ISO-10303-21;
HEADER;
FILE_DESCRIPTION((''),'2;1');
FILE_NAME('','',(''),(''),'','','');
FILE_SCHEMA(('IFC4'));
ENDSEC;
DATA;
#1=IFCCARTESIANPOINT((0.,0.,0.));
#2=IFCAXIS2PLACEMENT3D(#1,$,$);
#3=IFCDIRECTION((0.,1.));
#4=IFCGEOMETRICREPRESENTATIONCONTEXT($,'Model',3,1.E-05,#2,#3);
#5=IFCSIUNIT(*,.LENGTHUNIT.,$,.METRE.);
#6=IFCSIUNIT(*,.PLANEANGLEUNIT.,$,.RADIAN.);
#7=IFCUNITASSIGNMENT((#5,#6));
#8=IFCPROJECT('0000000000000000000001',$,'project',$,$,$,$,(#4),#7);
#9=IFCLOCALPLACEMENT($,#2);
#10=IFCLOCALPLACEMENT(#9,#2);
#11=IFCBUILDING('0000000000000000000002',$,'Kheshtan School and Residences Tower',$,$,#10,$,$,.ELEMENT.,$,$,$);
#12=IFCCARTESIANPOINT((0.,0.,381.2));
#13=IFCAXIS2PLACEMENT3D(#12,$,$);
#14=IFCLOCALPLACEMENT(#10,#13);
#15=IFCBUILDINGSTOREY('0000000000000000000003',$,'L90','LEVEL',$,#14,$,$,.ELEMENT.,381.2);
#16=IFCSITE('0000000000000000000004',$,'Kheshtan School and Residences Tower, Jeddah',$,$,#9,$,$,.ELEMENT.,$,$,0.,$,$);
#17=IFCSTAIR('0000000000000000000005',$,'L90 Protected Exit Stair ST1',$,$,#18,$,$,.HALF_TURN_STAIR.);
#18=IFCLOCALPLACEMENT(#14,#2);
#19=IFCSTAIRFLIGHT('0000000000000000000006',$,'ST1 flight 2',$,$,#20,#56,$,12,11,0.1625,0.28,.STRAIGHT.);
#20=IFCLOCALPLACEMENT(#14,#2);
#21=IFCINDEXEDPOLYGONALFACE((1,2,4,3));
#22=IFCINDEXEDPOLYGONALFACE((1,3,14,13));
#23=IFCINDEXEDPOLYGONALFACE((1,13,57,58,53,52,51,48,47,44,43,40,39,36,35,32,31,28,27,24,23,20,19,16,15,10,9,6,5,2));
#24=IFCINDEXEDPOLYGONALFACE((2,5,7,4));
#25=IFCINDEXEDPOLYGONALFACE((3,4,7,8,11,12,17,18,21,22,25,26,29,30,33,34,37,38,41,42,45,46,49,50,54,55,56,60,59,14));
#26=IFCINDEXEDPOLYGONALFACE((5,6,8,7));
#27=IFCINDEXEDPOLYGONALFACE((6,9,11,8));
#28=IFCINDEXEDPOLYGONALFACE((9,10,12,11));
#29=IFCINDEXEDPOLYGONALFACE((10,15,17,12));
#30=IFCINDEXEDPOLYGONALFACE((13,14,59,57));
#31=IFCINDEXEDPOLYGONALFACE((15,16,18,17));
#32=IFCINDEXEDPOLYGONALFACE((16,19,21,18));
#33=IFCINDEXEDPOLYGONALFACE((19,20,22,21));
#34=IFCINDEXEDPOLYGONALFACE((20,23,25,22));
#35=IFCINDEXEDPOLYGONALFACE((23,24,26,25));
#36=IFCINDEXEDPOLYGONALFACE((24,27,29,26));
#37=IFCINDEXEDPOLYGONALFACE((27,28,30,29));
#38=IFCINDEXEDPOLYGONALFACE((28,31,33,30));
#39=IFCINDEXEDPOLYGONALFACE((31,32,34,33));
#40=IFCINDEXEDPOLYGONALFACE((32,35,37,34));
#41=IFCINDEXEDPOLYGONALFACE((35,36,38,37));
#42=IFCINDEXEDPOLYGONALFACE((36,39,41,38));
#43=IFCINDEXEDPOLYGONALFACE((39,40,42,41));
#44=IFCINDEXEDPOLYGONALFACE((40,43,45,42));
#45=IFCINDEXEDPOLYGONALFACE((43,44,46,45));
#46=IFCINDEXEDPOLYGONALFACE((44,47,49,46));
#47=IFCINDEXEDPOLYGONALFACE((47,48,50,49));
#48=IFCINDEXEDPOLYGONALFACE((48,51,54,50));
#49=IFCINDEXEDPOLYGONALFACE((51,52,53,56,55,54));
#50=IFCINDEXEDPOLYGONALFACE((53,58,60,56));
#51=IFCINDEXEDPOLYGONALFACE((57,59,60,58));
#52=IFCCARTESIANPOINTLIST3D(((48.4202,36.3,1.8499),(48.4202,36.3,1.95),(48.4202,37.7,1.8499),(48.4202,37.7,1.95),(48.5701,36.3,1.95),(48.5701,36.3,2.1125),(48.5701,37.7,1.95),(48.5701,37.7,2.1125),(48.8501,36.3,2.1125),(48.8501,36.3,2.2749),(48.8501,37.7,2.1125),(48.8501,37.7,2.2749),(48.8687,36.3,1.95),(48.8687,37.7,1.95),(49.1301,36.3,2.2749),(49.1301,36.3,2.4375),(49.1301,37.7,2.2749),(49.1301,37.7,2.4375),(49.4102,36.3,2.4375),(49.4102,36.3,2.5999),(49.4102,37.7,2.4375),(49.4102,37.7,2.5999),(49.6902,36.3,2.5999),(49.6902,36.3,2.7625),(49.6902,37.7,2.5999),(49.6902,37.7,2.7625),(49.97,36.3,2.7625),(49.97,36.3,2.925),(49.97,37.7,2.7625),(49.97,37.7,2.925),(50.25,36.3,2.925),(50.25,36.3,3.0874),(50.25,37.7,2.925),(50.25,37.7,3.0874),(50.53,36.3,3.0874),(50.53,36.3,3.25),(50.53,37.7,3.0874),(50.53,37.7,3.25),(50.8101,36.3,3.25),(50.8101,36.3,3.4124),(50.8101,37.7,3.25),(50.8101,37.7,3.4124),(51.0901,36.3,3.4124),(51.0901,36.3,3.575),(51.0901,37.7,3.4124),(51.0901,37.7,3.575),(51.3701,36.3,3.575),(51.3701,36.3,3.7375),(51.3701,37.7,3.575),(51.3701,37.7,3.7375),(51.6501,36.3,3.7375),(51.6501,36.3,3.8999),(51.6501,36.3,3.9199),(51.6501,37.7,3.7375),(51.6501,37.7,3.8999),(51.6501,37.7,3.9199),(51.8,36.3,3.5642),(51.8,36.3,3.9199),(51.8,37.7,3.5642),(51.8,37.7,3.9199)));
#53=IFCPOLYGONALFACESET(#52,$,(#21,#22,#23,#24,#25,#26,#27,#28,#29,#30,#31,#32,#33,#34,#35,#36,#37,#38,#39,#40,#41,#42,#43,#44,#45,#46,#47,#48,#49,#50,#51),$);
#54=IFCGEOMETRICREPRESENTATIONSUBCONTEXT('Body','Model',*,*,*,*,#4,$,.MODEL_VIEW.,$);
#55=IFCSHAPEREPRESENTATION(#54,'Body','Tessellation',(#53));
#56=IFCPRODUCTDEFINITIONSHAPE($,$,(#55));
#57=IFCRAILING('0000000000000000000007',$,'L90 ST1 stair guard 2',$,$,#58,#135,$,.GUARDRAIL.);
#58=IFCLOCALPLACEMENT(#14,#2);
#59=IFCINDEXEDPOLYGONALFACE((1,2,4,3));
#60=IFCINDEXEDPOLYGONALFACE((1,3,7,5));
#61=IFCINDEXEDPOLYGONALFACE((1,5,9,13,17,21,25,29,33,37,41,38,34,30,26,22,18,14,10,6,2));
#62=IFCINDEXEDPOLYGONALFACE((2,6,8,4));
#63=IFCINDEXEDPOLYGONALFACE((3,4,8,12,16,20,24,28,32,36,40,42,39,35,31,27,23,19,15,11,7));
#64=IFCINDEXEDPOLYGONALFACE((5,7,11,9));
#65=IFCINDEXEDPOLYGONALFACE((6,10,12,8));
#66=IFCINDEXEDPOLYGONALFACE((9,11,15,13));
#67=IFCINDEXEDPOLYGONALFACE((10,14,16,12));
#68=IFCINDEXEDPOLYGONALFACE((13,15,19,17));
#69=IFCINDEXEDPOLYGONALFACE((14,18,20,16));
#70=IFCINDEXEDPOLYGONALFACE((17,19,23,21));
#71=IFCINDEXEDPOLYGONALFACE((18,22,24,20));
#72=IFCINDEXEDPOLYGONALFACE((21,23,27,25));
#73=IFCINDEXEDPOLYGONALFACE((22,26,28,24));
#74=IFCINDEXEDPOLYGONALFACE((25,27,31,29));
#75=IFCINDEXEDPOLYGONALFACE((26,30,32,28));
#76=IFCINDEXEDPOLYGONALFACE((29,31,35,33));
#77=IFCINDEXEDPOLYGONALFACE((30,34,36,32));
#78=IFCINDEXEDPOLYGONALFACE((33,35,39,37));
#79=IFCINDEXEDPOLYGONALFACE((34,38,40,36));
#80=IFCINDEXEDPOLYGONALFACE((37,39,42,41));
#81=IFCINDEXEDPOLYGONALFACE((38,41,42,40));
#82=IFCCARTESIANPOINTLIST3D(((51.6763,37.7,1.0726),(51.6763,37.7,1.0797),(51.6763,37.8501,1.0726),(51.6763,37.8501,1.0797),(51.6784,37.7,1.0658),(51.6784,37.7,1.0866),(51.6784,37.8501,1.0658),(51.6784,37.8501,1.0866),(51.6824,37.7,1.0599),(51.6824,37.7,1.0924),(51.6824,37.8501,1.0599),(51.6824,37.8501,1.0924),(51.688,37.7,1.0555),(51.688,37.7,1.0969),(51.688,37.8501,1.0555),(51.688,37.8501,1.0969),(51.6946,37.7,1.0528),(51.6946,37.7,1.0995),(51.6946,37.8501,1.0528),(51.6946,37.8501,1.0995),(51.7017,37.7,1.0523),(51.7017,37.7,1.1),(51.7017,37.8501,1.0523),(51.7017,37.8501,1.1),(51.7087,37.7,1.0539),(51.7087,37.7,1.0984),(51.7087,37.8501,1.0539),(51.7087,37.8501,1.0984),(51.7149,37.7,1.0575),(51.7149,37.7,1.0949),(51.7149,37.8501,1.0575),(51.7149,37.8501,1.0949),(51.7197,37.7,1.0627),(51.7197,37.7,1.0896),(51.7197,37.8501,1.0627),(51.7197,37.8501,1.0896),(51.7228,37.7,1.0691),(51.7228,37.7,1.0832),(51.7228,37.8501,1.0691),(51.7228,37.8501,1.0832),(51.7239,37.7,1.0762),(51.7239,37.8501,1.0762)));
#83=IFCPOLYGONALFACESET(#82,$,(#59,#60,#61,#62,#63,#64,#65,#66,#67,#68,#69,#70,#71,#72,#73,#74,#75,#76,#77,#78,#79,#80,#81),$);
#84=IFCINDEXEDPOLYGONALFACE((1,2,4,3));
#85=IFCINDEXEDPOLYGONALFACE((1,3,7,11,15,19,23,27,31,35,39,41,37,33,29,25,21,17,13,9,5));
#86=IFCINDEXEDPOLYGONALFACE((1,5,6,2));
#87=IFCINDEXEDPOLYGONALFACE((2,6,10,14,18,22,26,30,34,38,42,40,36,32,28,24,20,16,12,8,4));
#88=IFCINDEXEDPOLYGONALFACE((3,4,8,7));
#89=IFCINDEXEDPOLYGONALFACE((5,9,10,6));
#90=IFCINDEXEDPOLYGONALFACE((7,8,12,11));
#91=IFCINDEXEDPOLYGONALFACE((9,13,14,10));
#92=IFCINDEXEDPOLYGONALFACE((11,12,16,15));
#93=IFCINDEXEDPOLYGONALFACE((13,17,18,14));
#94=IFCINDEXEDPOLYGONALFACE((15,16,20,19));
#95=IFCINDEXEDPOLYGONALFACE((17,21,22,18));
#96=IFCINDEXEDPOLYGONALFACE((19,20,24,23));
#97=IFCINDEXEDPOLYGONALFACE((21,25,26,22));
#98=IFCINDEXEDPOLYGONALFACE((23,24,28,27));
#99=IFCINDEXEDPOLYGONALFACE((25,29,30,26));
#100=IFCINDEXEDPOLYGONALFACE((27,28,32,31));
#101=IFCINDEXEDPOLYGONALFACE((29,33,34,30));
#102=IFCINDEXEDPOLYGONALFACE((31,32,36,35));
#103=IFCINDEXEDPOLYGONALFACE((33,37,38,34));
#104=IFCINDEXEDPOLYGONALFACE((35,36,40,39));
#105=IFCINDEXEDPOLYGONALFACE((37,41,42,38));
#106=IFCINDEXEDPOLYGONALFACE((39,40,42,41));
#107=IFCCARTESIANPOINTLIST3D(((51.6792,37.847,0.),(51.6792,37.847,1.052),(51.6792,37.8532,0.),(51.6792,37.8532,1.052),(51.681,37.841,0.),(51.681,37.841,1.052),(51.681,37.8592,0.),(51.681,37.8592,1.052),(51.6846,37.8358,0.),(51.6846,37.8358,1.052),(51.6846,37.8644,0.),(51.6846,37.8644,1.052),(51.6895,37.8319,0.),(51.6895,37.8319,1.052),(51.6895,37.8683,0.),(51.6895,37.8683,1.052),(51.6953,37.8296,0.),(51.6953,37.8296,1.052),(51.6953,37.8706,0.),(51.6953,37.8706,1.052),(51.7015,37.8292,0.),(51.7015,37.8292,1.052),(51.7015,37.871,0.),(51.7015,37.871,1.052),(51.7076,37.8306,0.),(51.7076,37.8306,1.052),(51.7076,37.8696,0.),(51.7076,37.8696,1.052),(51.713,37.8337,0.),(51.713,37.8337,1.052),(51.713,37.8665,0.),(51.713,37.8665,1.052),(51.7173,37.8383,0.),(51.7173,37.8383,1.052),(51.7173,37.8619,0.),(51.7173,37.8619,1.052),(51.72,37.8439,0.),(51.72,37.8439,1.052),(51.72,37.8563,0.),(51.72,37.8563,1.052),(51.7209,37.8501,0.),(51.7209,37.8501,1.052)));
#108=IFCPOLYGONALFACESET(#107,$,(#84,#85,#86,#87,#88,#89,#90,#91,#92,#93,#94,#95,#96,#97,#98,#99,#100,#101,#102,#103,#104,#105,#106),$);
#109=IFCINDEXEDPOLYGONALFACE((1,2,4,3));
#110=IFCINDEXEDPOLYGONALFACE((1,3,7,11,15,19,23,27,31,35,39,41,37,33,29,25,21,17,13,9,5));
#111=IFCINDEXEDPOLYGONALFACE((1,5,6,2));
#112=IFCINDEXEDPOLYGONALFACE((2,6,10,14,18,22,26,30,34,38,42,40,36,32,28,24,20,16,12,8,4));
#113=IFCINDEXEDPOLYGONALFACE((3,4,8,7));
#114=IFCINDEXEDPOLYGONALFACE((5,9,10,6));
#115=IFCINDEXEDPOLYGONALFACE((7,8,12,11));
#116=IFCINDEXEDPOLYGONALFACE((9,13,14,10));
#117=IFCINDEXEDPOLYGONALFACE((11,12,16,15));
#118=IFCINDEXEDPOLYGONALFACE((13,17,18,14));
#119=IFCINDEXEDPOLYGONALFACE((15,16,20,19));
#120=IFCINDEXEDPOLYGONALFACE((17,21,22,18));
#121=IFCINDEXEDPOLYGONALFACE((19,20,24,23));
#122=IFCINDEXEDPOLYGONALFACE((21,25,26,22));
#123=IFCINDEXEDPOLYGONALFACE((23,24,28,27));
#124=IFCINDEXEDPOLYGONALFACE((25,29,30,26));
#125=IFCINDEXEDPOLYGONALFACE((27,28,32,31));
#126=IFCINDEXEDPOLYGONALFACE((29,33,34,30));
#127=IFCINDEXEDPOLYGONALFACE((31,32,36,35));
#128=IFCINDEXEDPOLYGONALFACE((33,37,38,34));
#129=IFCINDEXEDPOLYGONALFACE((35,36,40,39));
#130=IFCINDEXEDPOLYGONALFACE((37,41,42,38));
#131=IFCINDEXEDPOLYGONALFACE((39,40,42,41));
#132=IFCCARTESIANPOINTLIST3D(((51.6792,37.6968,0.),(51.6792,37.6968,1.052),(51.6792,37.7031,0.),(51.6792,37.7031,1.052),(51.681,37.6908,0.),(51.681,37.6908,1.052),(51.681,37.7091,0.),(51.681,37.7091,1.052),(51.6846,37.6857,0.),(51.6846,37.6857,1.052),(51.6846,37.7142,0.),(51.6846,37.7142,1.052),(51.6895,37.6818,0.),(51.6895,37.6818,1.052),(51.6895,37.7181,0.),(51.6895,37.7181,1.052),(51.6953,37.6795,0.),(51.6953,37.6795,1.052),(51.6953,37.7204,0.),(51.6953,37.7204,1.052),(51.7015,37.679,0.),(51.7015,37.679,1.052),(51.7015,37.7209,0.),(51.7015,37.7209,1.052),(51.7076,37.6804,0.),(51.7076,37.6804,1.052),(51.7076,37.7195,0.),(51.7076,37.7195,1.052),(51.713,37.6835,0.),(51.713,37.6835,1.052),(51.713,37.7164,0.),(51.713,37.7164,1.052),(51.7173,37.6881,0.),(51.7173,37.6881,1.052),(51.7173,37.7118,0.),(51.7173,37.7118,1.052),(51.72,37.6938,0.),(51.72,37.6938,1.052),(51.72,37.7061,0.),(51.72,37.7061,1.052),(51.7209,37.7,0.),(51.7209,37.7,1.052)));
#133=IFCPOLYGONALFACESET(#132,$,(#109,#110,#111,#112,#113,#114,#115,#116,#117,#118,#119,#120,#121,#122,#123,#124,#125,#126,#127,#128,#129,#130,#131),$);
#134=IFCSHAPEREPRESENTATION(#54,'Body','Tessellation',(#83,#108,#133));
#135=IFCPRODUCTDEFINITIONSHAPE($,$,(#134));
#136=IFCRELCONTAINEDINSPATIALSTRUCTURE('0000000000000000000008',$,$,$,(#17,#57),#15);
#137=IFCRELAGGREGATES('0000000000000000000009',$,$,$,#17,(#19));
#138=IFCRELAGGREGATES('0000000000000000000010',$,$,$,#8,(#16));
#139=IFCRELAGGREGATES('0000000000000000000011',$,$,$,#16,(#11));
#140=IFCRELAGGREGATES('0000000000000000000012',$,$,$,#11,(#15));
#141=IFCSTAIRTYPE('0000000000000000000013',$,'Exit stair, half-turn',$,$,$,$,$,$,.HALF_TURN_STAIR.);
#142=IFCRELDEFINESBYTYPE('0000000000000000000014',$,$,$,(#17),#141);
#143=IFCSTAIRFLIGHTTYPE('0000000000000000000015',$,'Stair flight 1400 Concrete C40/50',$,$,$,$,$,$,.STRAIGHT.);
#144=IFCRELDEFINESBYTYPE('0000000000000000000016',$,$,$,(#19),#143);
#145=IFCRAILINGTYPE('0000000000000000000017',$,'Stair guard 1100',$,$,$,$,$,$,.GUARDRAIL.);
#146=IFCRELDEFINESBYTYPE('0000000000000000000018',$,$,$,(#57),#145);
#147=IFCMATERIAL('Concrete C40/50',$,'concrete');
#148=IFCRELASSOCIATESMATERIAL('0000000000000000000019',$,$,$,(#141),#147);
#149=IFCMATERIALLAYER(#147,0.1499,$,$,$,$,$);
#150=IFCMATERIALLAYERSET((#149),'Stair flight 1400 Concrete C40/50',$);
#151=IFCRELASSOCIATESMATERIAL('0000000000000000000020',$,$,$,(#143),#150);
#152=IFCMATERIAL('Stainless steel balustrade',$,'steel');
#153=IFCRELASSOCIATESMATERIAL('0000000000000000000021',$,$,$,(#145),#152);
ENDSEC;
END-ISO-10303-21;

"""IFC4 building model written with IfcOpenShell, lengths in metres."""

from ifc_helpers import new_model, si_unit, direction, frame, origin, origin_2d, place, context, subcontext, project, spatial, polyline, circle, outline, extrude, material, layer, layer_set, type_object, element, aggregate, save


model = new_model("IFC4")

# Units and contexts
model_context = context("Model", 3, precision=1e-05, world=origin(), true_north=direction((0.0, 1.0)))
body_context = subcontext(model_context, "Body", "Model", "MODEL_VIEW")
ifc_project = project(units=[si_unit("LENGTHUNIT", "METRE"), si_unit("PLANEANGLEUNIT", "RADIAN")], contexts=[model_context])

# Site, building, storey
site_placement = place(None, origin())
site = spatial("IfcSite", under=ifc_project, at=site_placement, Name="Kheshtan School and Residences Tower, Jeddah", CompositionType="ELEMENT", RefElevation=0.0)
building_placement = place(site_placement, origin())
building = spatial("IfcBuilding", under=site, at=building_placement, Name="Kheshtan School and Residences Tower", CompositionType="ELEMENT")
storey_placement = place(building_placement, frame((0.0, 0.0, 381.2)))
storey = spatial("IfcBuildingStorey", under=building, at=storey_placement, Name="L90", Description="LEVEL", CompositionType="ELEMENT", Elevation=381.2)

# Shared definitions
ifc_material_1 = material(Name="Concrete C40/50", Category="concrete")

# Stair, stair flight
stair_type = type_object("IfcStairType", Name="Exit stair, half-turn", PredefinedType="HALF_TURN_STAIR", material=ifc_material_1)
stair_placement = place(storey_placement, origin())
stair = element("IfcStair", 1, at=stair_placement, inside=storey, type_object=stair_type, Name="L90 Protected Exit Stair ST1", PredefinedType="HALF_TURN_STAIR")
ifc_layer_1 = layer(ifc_material_1, 0.1499)
ifc_layer_set_1 = layer_set([ifc_layer_1], Name="Stair flight 1400 Concrete C40/50")
stair_flight_type = type_object("IfcStairFlightType", Name="Stair flight 1400 Concrete C40/50", PredefinedType="STRAIGHT", material=ifc_layer_set_1)
stair_flight_placement = place(storey_placement, frame((48.5701, 37.0, 1.95), z_axis=(0.0, 0.0, 1.0), x_axis=(1.0, 0.0, 0.0)))
stair_flight = element("IfcStairFlight", 2, at=stair_flight_placement, type_object=stair_flight_type, Name="ST1 flight 2", NumberOfRisers=12, NumberOfTreads=11, PredefinedType="STRAIGHT", RiserHeight=0.1625, TreadLength=0.28, context=body_context, shape_type="SweptSolid", body=[
    extrude(outline(polyline([(-0.1499, -0.1001), (-0.1499, 0.0), (0.0, 0.0), (0.0, 0.1626), (0.28, 0.1626), (0.28, 0.325), (0.5601, 0.325), (0.5601, 0.4875), (0.8401, 0.4875), (0.8401, 0.6499), (1.1201, 0.6499), (1.1201, 0.8125), (1.3999, 0.8125), (1.3999, 0.9751), (1.6799, 0.9751), (1.6799, 1.1375), (1.96, 1.1375), (1.96, 1.3), (2.24, 1.3), (2.24, 1.4624), (2.52, 1.4624), (2.52, 1.625), (2.8, 1.625), (2.8, 1.7876), (3.0801, 1.7876), (3.0801, 1.95), (3.0801, 1.97), (3.23, 1.97), (3.23, 1.6143), (0.2986, 0.0), (-0.1499, -0.1001)])), frame((0.0, 0.7, 0.0), z_axis=(0.0, -1.0, 0.0), x_axis=(1.0, 0.0, 0.0)), (0.0, 0.0, 1.0), 1.3999),
])
aggregate(stair, [stair_flight])

# Railing
ifc_material_2 = material(Name="Stainless steel balustrade", Category="steel")
railing_type_1 = type_object("IfcRailingType", Name="Stair guard 1100", PredefinedType="GUARDRAIL", material=ifc_material_2)
railing_1_placement = place(storey_placement, frame((51.7, 37.8501, 0.0)))
element("IfcRailing", 3, at=railing_1_placement, inside=storey, type_object=railing_type_1, Name="L90 ST1 stair guard 2", PredefinedType="GUARDRAIL", context=body_context, shape_type="SweptSolid", body=[
    extrude(circle(Radius=0.0239, at=origin_2d()), frame((0.0, 0.0, 1.0762), z_axis=(0.0, -1.0, 0.0), x_axis=(1.0, 0.0, 0.0)), (0.0, 0.0, 1.0), 0.1501),
    extrude(circle(Radius=0.021, at=origin_2d()), origin(), (0.0, 0.0, 1.0), 1.052),
    extrude(circle(Radius=0.021, at=origin_2d()), frame((0.0, -0.1501, 0.0)), (0.0, 0.0, 1.0), 1.052),
])

save(model, "model.ifc")
